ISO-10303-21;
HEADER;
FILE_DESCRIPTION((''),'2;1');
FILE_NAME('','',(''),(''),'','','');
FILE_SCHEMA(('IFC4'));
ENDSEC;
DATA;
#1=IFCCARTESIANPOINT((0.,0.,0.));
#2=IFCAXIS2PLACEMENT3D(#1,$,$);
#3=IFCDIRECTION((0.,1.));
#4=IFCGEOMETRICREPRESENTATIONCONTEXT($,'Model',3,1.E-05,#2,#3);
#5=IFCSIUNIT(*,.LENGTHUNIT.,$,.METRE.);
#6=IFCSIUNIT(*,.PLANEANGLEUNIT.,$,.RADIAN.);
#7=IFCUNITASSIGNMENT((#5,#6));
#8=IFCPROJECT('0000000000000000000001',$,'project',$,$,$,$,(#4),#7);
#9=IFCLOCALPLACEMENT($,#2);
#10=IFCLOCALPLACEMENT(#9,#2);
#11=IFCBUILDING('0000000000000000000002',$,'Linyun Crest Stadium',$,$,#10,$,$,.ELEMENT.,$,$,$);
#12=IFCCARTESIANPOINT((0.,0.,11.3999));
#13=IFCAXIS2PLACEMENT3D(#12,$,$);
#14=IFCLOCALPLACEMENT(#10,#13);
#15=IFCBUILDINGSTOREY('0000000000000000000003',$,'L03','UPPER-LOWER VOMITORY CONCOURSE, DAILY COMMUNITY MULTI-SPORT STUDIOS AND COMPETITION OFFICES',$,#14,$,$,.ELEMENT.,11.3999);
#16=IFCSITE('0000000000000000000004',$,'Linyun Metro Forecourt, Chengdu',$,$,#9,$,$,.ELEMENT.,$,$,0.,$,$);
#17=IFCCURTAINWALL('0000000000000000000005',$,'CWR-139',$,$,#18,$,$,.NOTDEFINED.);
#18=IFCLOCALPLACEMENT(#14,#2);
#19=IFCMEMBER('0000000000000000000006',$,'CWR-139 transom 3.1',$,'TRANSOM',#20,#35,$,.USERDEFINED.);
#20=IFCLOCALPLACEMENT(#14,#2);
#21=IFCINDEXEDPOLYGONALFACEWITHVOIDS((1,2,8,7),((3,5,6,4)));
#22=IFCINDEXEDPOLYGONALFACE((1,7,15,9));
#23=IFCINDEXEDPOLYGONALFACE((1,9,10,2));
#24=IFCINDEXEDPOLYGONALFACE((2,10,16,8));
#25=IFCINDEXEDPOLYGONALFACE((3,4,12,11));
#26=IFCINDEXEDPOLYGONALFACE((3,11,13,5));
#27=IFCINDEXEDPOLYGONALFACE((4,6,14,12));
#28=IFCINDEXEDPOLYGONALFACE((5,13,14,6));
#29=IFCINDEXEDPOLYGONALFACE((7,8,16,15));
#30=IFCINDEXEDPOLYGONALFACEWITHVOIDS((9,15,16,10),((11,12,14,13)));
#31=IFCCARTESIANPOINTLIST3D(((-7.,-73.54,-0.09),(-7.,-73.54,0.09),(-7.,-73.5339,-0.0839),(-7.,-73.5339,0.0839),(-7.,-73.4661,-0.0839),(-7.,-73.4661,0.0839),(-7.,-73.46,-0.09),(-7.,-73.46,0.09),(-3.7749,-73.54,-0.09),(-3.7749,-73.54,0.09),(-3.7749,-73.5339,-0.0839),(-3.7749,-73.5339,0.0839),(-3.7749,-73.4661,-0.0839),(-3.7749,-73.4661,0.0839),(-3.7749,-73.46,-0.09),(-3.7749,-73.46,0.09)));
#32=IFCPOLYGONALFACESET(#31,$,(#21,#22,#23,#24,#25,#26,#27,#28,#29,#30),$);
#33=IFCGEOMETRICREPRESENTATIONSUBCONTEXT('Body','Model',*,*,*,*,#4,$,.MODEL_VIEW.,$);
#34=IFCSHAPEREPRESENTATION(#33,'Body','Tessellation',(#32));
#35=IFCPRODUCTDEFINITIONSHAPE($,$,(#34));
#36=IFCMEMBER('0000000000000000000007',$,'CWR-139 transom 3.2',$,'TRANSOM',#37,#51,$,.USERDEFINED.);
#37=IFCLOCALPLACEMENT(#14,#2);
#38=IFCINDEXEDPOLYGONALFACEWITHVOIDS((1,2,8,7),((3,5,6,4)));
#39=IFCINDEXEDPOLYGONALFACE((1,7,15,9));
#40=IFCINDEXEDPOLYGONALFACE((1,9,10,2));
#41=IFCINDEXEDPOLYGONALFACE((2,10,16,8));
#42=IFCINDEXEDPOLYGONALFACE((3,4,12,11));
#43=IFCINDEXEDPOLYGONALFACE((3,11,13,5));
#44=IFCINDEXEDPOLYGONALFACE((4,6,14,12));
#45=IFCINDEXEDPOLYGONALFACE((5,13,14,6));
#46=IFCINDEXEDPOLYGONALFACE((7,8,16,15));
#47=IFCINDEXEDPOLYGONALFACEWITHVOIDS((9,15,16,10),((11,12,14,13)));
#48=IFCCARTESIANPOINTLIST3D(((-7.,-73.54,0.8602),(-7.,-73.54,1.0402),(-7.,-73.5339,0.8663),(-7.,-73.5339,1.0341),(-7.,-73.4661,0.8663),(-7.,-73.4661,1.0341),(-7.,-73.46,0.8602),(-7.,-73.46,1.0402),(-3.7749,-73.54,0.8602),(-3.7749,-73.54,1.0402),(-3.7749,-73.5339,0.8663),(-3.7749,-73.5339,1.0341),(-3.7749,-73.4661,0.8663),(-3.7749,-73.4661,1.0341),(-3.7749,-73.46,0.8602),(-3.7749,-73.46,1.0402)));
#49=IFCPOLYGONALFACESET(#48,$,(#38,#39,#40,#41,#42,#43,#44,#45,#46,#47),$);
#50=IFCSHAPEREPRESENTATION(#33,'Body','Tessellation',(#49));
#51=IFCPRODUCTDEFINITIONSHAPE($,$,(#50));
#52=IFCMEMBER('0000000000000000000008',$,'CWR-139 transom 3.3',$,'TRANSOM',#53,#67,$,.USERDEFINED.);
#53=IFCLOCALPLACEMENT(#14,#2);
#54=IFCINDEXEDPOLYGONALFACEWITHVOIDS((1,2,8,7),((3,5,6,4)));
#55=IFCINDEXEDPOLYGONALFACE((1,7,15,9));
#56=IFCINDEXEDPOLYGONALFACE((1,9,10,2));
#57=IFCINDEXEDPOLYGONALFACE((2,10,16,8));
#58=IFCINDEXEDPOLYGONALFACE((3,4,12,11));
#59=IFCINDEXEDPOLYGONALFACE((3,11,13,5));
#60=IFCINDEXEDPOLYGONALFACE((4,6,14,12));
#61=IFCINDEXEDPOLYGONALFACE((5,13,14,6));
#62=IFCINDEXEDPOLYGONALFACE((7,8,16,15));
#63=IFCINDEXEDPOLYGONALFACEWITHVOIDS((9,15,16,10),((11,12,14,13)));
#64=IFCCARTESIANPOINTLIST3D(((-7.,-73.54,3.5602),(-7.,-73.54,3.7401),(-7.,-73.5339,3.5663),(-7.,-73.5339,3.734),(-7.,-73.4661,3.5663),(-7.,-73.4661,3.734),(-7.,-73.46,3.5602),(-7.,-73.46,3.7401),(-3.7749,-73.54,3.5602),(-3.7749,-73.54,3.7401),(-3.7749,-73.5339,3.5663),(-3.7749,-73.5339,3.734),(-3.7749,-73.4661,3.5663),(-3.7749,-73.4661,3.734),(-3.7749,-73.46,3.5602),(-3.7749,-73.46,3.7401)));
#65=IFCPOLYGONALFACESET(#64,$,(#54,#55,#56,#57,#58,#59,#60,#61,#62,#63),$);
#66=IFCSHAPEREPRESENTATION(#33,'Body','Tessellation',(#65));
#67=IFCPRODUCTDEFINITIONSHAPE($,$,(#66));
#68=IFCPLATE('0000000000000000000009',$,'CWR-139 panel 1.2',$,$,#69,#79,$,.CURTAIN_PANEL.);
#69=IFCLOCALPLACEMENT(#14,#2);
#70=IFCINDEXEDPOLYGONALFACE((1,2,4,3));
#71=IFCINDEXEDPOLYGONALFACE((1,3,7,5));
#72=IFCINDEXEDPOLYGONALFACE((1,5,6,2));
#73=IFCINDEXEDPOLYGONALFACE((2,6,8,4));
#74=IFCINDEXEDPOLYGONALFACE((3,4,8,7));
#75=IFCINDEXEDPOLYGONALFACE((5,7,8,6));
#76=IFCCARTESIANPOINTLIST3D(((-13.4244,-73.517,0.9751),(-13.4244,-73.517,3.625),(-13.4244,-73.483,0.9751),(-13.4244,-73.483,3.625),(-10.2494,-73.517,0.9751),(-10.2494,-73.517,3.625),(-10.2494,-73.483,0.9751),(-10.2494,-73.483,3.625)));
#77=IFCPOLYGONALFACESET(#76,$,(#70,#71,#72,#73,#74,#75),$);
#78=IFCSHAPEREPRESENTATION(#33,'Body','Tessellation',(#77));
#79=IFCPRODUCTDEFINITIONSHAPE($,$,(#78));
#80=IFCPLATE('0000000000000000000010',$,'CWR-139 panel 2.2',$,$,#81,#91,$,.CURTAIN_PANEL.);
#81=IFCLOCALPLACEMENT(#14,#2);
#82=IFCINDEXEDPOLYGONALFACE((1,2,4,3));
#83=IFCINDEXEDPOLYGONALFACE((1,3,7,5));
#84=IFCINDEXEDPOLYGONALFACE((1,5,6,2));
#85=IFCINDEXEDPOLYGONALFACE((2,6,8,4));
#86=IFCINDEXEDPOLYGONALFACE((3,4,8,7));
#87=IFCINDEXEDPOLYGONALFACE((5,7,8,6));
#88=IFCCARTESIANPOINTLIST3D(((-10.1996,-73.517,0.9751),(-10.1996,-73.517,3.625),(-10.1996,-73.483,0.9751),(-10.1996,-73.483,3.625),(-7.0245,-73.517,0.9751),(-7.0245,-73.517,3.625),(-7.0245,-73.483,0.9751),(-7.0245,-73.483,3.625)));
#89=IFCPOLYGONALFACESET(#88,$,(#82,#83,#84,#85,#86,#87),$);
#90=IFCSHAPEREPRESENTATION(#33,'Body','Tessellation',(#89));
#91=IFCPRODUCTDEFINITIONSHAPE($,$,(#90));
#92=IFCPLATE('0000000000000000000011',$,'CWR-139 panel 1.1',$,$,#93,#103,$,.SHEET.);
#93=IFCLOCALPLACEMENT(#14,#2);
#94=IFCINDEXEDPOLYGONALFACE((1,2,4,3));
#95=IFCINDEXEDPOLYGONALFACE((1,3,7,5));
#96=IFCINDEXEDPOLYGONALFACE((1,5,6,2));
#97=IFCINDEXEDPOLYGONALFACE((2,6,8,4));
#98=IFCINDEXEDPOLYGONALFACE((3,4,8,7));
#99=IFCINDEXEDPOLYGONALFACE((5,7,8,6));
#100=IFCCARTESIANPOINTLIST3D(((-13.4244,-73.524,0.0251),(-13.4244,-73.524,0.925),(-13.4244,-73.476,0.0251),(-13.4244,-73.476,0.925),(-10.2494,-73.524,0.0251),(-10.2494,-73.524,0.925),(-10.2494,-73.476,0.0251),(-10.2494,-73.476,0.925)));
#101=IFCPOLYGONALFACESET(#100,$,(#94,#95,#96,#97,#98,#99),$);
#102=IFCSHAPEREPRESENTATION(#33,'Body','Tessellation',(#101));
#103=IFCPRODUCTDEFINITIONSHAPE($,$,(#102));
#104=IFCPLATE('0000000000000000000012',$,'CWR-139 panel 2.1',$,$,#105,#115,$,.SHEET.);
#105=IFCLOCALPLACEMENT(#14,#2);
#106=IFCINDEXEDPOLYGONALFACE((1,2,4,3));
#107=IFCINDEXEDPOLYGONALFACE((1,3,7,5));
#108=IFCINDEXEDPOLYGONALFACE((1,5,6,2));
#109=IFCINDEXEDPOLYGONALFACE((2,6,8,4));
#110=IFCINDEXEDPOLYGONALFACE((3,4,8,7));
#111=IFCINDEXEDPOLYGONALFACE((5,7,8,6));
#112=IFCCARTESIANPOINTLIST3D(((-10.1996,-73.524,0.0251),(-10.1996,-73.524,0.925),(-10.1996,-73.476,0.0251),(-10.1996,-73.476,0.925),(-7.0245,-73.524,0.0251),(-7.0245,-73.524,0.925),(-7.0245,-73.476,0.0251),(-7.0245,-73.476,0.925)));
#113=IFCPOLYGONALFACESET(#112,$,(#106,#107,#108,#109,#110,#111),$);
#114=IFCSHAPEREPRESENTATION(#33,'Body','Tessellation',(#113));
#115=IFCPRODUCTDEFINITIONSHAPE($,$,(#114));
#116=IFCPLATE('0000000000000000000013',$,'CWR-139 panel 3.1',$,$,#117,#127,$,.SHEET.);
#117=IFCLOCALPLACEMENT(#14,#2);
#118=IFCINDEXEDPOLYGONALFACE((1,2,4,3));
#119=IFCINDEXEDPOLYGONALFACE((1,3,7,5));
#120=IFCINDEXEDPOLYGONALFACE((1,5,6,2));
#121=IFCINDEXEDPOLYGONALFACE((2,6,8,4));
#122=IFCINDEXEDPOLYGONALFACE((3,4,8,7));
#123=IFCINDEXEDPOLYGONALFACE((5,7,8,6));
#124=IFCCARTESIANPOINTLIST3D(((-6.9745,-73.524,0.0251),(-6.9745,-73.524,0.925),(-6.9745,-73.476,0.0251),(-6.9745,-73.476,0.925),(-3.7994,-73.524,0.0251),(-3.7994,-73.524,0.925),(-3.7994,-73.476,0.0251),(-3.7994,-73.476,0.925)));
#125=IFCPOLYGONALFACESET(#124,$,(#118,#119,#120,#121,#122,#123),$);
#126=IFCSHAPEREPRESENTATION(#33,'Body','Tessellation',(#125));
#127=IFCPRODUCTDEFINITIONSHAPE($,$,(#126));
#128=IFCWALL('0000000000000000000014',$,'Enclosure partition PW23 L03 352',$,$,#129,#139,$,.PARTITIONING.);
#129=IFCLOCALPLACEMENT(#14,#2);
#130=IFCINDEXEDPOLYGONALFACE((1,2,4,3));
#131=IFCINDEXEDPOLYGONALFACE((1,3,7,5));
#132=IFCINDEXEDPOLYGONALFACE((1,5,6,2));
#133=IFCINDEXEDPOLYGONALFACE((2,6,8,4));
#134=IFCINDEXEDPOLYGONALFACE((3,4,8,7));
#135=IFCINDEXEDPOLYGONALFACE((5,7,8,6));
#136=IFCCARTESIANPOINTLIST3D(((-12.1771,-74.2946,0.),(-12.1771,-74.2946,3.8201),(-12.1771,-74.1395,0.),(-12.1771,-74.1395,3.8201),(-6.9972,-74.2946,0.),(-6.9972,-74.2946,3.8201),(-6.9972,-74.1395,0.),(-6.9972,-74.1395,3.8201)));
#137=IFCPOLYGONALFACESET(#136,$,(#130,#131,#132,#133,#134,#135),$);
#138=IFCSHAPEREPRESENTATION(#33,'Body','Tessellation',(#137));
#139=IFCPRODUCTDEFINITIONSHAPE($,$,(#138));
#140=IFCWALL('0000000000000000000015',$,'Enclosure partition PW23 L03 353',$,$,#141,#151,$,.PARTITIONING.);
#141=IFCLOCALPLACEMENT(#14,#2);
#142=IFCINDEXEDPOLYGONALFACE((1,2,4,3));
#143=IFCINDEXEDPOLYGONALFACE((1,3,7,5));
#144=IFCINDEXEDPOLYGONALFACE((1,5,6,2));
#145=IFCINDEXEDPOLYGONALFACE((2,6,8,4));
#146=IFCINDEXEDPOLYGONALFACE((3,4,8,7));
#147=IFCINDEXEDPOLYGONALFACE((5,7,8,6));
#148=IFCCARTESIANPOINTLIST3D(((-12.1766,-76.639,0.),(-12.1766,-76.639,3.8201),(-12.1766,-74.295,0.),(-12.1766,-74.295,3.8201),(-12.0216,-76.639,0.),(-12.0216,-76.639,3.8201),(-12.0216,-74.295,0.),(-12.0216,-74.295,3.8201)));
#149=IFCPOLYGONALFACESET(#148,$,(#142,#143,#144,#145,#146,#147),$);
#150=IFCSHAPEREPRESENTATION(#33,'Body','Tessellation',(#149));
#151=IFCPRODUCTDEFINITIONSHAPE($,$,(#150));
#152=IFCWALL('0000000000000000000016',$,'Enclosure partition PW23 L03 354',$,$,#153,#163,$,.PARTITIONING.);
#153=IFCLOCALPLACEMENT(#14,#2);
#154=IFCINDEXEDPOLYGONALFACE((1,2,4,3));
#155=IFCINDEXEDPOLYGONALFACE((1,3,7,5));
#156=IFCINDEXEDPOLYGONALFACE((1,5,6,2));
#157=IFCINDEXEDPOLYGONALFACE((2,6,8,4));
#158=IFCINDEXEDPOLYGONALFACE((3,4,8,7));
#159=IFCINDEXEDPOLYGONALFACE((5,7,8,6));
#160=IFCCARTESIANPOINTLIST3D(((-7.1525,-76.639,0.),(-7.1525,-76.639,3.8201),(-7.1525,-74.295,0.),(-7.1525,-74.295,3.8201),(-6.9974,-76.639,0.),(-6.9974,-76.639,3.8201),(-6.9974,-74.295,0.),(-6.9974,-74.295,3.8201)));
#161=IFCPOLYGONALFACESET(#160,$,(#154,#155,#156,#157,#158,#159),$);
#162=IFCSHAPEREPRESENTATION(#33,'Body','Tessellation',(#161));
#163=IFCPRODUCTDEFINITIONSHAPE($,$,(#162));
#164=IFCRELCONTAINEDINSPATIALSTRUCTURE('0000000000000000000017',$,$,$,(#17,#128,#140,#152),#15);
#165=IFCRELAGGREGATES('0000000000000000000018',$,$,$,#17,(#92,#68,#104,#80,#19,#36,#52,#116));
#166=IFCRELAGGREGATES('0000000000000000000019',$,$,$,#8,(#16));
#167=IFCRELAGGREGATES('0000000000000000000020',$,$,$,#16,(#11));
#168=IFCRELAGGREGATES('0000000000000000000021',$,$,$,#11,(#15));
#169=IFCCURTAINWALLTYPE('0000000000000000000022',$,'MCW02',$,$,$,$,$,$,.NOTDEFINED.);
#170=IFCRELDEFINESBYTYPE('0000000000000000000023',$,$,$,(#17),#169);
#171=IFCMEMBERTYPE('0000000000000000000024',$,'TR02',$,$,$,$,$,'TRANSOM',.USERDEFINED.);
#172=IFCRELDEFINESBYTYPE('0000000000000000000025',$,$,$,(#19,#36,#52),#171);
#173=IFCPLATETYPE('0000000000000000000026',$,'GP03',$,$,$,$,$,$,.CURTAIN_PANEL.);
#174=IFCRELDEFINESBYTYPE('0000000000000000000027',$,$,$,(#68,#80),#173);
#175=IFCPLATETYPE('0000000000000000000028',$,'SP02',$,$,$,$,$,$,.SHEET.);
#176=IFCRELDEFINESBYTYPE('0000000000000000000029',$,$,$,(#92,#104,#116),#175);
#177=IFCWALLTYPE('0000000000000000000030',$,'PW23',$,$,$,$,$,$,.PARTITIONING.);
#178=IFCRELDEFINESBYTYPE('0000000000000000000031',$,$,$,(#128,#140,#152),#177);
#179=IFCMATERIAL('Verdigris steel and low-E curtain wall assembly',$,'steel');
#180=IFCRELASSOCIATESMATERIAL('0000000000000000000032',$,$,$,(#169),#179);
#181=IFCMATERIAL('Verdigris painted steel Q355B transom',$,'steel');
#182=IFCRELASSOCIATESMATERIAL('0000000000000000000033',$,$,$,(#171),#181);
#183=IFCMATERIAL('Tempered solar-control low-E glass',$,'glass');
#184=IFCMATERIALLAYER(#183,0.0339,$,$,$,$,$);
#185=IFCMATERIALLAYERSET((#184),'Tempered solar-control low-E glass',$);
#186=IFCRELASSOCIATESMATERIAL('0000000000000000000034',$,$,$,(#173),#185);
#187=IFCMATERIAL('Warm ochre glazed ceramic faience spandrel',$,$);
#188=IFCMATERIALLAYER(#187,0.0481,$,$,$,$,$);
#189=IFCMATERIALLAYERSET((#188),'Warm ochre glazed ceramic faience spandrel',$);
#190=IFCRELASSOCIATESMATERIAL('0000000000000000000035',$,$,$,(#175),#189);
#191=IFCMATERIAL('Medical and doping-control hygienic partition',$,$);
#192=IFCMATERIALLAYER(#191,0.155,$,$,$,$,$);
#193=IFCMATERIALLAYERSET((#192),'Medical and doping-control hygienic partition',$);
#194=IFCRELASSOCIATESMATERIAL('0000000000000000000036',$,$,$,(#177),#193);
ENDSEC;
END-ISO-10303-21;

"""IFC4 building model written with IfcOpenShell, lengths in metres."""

from ifc_helpers import new_model, si_unit, direction, frame, frame_2d, origin, origin_2d, place, context, subcontext, project, spatial, rectangle, hollow_rectangle, extrude, material, layer, layer_set, material_profile, profile_set, type_object, element, aggregate, save


model = new_model("IFC4")

# Units and contexts
model_context = context("Model", 3, precision=1e-05, world=origin(), true_north=direction((0.0, 1.0)))
body_context = subcontext(model_context, "Body", "Model", "MODEL_VIEW")
ifc_project = project(units=[si_unit("LENGTHUNIT", "METRE"), si_unit("PLANEANGLEUNIT", "RADIAN")], contexts=[model_context])

# Site, building, storey
site_placement = place(None, origin())
site = spatial("IfcSite", under=ifc_project, at=site_placement, Name="Linyun Metro Forecourt, Chengdu", CompositionType="ELEMENT", RefElevation=0.0)
building_placement = place(site_placement, origin())
building = spatial("IfcBuilding", under=site, at=building_placement, Name="Linyun Crest Stadium", CompositionType="ELEMENT")
storey_placement = place(building_placement, frame((0.0, 0.0, 11.3999)))
storey = spatial("IfcBuildingStorey", under=building, at=storey_placement, Name="L03", Description="UPPER-LOWER VOMITORY CONCOURSE, DAILY COMMUNITY MULTI-SPORT STUDIOS AND COMPETITION OFFICES", CompositionType="ELEMENT", Elevation=11.3999)

# Curtain wall, members, plates
ifc_material_1 = material(Name="Verdigris steel and low-E curtain wall assembly", Category="steel")
curtain_wall_type = type_object("IfcCurtainWallType", Name="MCW02", PredefinedType="NOTDEFINED", material=ifc_material_1)
curtain_wall_placement = place(storey_placement, origin())
curtain_wall = element("IfcCurtainWall", 1, at=curtain_wall_placement, inside=storey, type_object=curtain_wall_type, Name="CWR-139", PredefinedType="NOTDEFINED")
ifc_material_2 = material(Name="Verdigris painted steel Q355B transom", Category="steel")
ifc_material_profile_1 = material_profile(ifc_material_2, hollow_rectangle(XDim=0.0801, YDim=0.1799, WallThickness=0.0061, at=origin_2d()), Name="RHS 180x80x6")
ifc_profile_set_1 = profile_set([ifc_material_profile_1], Name="Verdigris painted steel Q355B transom")
member_type_1 = type_object("IfcMemberType", Name="TR02", ElementType="TRANSOM", PredefinedType="USERDEFINED", material=ifc_profile_set_1)
member_1_placement = place(storey_placement, frame((-7.0, -73.5, 0.0), z_axis=(1.0, 0.0, 0.0), x_axis=(0.0, 1.0, 0.0)))
member_1 = element("IfcMember", 2, at=member_1_placement, type_object=member_type_1, Name="CWR-139 transom 3.1", ObjectType="TRANSOM", PredefinedType="USERDEFINED", context=body_context, shape_type="SweptSolid", body=[
    extrude(hollow_rectangle(XDim=0.0801, YDim=0.1799, WallThickness=0.0061, at=origin_2d()), origin(), (0.0, 0.0, 1.0), 3.2251),
])
member_2_placement = place(storey_placement, frame((-7.0, -73.5, 0.9502), z_axis=(1.0, 0.0, 0.0), x_axis=(0.0, 1.0, 0.0)))
member_2 = element("IfcMember", 3, at=member_2_placement, type_object=member_type_1, Name="CWR-139 transom 3.2", ObjectType="TRANSOM", PredefinedType="USERDEFINED", context=body_context, shape_type="SweptSolid", body=[
    extrude(hollow_rectangle(XDim=0.0801, YDim=0.1799, WallThickness=0.0061, at=origin_2d()), origin(), (0.0, 0.0, 1.0), 3.2251),
])
member_3_placement = place(storey_placement, frame((-7.0, -73.5, 3.6501), z_axis=(1.0, 0.0, 0.0), x_axis=(0.0, 1.0, 0.0)))
member_3 = element("IfcMember", 4, at=member_3_placement, type_object=member_type_1, Name="CWR-139 transom 3.3", ObjectType="TRANSOM", PredefinedType="USERDEFINED", context=body_context, shape_type="SweptSolid", body=[
    extrude(hollow_rectangle(XDim=0.0801, YDim=0.1799, WallThickness=0.0061, at=origin_2d()), origin(), (0.0, 0.0, 1.0), 3.2251),
])
ifc_material_3 = material(Name="Tempered solar-control low-E glass", Category="glass")
ifc_layer_1 = layer(ifc_material_3, 0.0339)
ifc_layer_set_1 = layer_set([ifc_layer_1], Name="Tempered solar-control low-E glass")
plate_type_1 = type_object("IfcPlateType", Name="GP03", PredefinedType="CURTAIN_PANEL", material=ifc_layer_set_1)
plate_1_placement = place(storey_placement, frame((-11.8369, -73.5, 0.9751), z_axis=(0.0, 0.0, 1.0), x_axis=(1.0, 0.0, 0.0)))
plate_1 = element("IfcPlate", 5, at=plate_1_placement, type_object=plate_type_1, Name="CWR-139 panel 1.2", PredefinedType="CURTAIN_PANEL", context=body_context, shape_type="SweptSolid", body=[
    extrude(rectangle(XDim=3.175, YDim=0.0339, at=origin_2d()), origin(), (0.0, 0.0, 1.0), 2.6499),
])
plate_2_placement = place(storey_placement, frame((-8.6121, -73.5, 0.9751), z_axis=(0.0, 0.0, 1.0), x_axis=(1.0, 0.0, 0.0)))
plate_2 = element("IfcPlate", 6, at=plate_2_placement, type_object=plate_type_1, Name="CWR-139 panel 2.2", PredefinedType="CURTAIN_PANEL", context=body_context, shape_type="SweptSolid", body=[
    extrude(rectangle(XDim=3.175, YDim=0.0339, at=origin_2d()), origin(), (0.0, 0.0, 1.0), 2.6499),
])
ifc_material_4 = material(Name="Warm ochre glazed ceramic faience spandrel")
ifc_layer_2 = layer(ifc_material_4, 0.0481)
ifc_layer_set_2 = layer_set([ifc_layer_2], Name="Warm ochre glazed ceramic faience spandrel")
plate_type_2 = type_object("IfcPlateType", Name="SP02", PredefinedType="SHEET", material=ifc_layer_set_2)
plate_3_placement = place(storey_placement, frame((-11.8369, -73.5, 0.0251), z_axis=(0.0, 0.0, 1.0), x_axis=(1.0, 0.0, 0.0)))
plate_3 = element("IfcPlate", 7, at=plate_3_placement, type_object=plate_type_2, Name="CWR-139 panel 1.1", PredefinedType="SHEET", context=body_context, shape_type="SweptSolid", body=[
    extrude(rectangle(XDim=3.175, YDim=0.0481, at=origin_2d()), origin(), (0.0, 0.0, 1.0), 0.8999),
])
plate_4_placement = place(storey_placement, frame((-8.6121, -73.5, 0.0251), z_axis=(0.0, 0.0, 1.0), x_axis=(1.0, 0.0, 0.0)))
plate_4 = element("IfcPlate", 8, at=plate_4_placement, type_object=plate_type_2, Name="CWR-139 panel 2.1", PredefinedType="SHEET", context=body_context, shape_type="SweptSolid", body=[
    extrude(rectangle(XDim=3.175, YDim=0.0481, at=origin_2d()), origin(), (0.0, 0.0, 1.0), 0.8999),
])
plate_5_placement = place(storey_placement, frame((-5.387, -73.5, 0.0251), z_axis=(0.0, 0.0, 1.0), x_axis=(1.0, 0.0, 0.0)))
plate_5 = element("IfcPlate", 9, at=plate_5_placement, type_object=plate_type_2, Name="CWR-139 panel 3.1", PredefinedType="SHEET", context=body_context, shape_type="SweptSolid", body=[
    extrude(rectangle(XDim=3.175, YDim=0.0481, at=origin_2d()), origin(), (0.0, 0.0, 1.0), 0.8999),
])
aggregate(curtain_wall, [plate_3, plate_1, plate_4, plate_2, member_1, member_2, member_3, plate_5])

# Shared definitions
ifc_material_5 = material(Name="Medical and doping-control hygienic partition")
ifc_layer_3 = layer(ifc_material_5, 0.155)
ifc_layer_set_3 = layer_set([ifc_layer_3], Name="Medical and doping-control hygienic partition")
wall_type = type_object("IfcWallType", Name="PW23", PredefinedType="PARTITIONING", material=ifc_layer_set_3)

# Walls
wall_1_placement = place(storey_placement, frame((-12.177, -74.217, 0.0), z_axis=(0.0, 0.0, 1.0), x_axis=(1.0, 0.0, 0.0)))
element("IfcWall", 10, at=wall_1_placement, inside=storey, type_object=wall_type, Name="Enclosure partition PW23 L03 352", PredefinedType="PARTITIONING", context=body_context, shape_type="SweptSolid", body=[
    extrude(rectangle(XDim=5.1799, YDim=0.155, at=frame_2d((2.5898, 0.0))), origin(), (0.0, 0.0, 1.0), 3.8201),
])
for number, where, z_axis, x_axis, name in (
    (11, (-12.0991, -76.6389, 0.0), (0.0, 0.0, 1.0), (0.0, 1.0, 0.0), "Enclosure partition PW23 L03 353"),
    (12, (-7.075, -76.6389, 0.0), (0.0, 0.0, 1.0), (0.0, 1.0, 0.0), "Enclosure partition PW23 L03 354"),
):
    element("IfcWall", number, at=place(storey_placement, frame(where, z_axis=z_axis, x_axis=x_axis)), inside=storey, type_object=wall_type, Name=name, PredefinedType="PARTITIONING", context=body_context, shape_type="SweptSolid", body=[
        extrude(rectangle(XDim=2.344, YDim=0.155, at=frame_2d((1.1719, 0.0))), origin(), (0.0, 0.0, 1.0), 3.8201),
    ])

save(model, "model.ifc")
